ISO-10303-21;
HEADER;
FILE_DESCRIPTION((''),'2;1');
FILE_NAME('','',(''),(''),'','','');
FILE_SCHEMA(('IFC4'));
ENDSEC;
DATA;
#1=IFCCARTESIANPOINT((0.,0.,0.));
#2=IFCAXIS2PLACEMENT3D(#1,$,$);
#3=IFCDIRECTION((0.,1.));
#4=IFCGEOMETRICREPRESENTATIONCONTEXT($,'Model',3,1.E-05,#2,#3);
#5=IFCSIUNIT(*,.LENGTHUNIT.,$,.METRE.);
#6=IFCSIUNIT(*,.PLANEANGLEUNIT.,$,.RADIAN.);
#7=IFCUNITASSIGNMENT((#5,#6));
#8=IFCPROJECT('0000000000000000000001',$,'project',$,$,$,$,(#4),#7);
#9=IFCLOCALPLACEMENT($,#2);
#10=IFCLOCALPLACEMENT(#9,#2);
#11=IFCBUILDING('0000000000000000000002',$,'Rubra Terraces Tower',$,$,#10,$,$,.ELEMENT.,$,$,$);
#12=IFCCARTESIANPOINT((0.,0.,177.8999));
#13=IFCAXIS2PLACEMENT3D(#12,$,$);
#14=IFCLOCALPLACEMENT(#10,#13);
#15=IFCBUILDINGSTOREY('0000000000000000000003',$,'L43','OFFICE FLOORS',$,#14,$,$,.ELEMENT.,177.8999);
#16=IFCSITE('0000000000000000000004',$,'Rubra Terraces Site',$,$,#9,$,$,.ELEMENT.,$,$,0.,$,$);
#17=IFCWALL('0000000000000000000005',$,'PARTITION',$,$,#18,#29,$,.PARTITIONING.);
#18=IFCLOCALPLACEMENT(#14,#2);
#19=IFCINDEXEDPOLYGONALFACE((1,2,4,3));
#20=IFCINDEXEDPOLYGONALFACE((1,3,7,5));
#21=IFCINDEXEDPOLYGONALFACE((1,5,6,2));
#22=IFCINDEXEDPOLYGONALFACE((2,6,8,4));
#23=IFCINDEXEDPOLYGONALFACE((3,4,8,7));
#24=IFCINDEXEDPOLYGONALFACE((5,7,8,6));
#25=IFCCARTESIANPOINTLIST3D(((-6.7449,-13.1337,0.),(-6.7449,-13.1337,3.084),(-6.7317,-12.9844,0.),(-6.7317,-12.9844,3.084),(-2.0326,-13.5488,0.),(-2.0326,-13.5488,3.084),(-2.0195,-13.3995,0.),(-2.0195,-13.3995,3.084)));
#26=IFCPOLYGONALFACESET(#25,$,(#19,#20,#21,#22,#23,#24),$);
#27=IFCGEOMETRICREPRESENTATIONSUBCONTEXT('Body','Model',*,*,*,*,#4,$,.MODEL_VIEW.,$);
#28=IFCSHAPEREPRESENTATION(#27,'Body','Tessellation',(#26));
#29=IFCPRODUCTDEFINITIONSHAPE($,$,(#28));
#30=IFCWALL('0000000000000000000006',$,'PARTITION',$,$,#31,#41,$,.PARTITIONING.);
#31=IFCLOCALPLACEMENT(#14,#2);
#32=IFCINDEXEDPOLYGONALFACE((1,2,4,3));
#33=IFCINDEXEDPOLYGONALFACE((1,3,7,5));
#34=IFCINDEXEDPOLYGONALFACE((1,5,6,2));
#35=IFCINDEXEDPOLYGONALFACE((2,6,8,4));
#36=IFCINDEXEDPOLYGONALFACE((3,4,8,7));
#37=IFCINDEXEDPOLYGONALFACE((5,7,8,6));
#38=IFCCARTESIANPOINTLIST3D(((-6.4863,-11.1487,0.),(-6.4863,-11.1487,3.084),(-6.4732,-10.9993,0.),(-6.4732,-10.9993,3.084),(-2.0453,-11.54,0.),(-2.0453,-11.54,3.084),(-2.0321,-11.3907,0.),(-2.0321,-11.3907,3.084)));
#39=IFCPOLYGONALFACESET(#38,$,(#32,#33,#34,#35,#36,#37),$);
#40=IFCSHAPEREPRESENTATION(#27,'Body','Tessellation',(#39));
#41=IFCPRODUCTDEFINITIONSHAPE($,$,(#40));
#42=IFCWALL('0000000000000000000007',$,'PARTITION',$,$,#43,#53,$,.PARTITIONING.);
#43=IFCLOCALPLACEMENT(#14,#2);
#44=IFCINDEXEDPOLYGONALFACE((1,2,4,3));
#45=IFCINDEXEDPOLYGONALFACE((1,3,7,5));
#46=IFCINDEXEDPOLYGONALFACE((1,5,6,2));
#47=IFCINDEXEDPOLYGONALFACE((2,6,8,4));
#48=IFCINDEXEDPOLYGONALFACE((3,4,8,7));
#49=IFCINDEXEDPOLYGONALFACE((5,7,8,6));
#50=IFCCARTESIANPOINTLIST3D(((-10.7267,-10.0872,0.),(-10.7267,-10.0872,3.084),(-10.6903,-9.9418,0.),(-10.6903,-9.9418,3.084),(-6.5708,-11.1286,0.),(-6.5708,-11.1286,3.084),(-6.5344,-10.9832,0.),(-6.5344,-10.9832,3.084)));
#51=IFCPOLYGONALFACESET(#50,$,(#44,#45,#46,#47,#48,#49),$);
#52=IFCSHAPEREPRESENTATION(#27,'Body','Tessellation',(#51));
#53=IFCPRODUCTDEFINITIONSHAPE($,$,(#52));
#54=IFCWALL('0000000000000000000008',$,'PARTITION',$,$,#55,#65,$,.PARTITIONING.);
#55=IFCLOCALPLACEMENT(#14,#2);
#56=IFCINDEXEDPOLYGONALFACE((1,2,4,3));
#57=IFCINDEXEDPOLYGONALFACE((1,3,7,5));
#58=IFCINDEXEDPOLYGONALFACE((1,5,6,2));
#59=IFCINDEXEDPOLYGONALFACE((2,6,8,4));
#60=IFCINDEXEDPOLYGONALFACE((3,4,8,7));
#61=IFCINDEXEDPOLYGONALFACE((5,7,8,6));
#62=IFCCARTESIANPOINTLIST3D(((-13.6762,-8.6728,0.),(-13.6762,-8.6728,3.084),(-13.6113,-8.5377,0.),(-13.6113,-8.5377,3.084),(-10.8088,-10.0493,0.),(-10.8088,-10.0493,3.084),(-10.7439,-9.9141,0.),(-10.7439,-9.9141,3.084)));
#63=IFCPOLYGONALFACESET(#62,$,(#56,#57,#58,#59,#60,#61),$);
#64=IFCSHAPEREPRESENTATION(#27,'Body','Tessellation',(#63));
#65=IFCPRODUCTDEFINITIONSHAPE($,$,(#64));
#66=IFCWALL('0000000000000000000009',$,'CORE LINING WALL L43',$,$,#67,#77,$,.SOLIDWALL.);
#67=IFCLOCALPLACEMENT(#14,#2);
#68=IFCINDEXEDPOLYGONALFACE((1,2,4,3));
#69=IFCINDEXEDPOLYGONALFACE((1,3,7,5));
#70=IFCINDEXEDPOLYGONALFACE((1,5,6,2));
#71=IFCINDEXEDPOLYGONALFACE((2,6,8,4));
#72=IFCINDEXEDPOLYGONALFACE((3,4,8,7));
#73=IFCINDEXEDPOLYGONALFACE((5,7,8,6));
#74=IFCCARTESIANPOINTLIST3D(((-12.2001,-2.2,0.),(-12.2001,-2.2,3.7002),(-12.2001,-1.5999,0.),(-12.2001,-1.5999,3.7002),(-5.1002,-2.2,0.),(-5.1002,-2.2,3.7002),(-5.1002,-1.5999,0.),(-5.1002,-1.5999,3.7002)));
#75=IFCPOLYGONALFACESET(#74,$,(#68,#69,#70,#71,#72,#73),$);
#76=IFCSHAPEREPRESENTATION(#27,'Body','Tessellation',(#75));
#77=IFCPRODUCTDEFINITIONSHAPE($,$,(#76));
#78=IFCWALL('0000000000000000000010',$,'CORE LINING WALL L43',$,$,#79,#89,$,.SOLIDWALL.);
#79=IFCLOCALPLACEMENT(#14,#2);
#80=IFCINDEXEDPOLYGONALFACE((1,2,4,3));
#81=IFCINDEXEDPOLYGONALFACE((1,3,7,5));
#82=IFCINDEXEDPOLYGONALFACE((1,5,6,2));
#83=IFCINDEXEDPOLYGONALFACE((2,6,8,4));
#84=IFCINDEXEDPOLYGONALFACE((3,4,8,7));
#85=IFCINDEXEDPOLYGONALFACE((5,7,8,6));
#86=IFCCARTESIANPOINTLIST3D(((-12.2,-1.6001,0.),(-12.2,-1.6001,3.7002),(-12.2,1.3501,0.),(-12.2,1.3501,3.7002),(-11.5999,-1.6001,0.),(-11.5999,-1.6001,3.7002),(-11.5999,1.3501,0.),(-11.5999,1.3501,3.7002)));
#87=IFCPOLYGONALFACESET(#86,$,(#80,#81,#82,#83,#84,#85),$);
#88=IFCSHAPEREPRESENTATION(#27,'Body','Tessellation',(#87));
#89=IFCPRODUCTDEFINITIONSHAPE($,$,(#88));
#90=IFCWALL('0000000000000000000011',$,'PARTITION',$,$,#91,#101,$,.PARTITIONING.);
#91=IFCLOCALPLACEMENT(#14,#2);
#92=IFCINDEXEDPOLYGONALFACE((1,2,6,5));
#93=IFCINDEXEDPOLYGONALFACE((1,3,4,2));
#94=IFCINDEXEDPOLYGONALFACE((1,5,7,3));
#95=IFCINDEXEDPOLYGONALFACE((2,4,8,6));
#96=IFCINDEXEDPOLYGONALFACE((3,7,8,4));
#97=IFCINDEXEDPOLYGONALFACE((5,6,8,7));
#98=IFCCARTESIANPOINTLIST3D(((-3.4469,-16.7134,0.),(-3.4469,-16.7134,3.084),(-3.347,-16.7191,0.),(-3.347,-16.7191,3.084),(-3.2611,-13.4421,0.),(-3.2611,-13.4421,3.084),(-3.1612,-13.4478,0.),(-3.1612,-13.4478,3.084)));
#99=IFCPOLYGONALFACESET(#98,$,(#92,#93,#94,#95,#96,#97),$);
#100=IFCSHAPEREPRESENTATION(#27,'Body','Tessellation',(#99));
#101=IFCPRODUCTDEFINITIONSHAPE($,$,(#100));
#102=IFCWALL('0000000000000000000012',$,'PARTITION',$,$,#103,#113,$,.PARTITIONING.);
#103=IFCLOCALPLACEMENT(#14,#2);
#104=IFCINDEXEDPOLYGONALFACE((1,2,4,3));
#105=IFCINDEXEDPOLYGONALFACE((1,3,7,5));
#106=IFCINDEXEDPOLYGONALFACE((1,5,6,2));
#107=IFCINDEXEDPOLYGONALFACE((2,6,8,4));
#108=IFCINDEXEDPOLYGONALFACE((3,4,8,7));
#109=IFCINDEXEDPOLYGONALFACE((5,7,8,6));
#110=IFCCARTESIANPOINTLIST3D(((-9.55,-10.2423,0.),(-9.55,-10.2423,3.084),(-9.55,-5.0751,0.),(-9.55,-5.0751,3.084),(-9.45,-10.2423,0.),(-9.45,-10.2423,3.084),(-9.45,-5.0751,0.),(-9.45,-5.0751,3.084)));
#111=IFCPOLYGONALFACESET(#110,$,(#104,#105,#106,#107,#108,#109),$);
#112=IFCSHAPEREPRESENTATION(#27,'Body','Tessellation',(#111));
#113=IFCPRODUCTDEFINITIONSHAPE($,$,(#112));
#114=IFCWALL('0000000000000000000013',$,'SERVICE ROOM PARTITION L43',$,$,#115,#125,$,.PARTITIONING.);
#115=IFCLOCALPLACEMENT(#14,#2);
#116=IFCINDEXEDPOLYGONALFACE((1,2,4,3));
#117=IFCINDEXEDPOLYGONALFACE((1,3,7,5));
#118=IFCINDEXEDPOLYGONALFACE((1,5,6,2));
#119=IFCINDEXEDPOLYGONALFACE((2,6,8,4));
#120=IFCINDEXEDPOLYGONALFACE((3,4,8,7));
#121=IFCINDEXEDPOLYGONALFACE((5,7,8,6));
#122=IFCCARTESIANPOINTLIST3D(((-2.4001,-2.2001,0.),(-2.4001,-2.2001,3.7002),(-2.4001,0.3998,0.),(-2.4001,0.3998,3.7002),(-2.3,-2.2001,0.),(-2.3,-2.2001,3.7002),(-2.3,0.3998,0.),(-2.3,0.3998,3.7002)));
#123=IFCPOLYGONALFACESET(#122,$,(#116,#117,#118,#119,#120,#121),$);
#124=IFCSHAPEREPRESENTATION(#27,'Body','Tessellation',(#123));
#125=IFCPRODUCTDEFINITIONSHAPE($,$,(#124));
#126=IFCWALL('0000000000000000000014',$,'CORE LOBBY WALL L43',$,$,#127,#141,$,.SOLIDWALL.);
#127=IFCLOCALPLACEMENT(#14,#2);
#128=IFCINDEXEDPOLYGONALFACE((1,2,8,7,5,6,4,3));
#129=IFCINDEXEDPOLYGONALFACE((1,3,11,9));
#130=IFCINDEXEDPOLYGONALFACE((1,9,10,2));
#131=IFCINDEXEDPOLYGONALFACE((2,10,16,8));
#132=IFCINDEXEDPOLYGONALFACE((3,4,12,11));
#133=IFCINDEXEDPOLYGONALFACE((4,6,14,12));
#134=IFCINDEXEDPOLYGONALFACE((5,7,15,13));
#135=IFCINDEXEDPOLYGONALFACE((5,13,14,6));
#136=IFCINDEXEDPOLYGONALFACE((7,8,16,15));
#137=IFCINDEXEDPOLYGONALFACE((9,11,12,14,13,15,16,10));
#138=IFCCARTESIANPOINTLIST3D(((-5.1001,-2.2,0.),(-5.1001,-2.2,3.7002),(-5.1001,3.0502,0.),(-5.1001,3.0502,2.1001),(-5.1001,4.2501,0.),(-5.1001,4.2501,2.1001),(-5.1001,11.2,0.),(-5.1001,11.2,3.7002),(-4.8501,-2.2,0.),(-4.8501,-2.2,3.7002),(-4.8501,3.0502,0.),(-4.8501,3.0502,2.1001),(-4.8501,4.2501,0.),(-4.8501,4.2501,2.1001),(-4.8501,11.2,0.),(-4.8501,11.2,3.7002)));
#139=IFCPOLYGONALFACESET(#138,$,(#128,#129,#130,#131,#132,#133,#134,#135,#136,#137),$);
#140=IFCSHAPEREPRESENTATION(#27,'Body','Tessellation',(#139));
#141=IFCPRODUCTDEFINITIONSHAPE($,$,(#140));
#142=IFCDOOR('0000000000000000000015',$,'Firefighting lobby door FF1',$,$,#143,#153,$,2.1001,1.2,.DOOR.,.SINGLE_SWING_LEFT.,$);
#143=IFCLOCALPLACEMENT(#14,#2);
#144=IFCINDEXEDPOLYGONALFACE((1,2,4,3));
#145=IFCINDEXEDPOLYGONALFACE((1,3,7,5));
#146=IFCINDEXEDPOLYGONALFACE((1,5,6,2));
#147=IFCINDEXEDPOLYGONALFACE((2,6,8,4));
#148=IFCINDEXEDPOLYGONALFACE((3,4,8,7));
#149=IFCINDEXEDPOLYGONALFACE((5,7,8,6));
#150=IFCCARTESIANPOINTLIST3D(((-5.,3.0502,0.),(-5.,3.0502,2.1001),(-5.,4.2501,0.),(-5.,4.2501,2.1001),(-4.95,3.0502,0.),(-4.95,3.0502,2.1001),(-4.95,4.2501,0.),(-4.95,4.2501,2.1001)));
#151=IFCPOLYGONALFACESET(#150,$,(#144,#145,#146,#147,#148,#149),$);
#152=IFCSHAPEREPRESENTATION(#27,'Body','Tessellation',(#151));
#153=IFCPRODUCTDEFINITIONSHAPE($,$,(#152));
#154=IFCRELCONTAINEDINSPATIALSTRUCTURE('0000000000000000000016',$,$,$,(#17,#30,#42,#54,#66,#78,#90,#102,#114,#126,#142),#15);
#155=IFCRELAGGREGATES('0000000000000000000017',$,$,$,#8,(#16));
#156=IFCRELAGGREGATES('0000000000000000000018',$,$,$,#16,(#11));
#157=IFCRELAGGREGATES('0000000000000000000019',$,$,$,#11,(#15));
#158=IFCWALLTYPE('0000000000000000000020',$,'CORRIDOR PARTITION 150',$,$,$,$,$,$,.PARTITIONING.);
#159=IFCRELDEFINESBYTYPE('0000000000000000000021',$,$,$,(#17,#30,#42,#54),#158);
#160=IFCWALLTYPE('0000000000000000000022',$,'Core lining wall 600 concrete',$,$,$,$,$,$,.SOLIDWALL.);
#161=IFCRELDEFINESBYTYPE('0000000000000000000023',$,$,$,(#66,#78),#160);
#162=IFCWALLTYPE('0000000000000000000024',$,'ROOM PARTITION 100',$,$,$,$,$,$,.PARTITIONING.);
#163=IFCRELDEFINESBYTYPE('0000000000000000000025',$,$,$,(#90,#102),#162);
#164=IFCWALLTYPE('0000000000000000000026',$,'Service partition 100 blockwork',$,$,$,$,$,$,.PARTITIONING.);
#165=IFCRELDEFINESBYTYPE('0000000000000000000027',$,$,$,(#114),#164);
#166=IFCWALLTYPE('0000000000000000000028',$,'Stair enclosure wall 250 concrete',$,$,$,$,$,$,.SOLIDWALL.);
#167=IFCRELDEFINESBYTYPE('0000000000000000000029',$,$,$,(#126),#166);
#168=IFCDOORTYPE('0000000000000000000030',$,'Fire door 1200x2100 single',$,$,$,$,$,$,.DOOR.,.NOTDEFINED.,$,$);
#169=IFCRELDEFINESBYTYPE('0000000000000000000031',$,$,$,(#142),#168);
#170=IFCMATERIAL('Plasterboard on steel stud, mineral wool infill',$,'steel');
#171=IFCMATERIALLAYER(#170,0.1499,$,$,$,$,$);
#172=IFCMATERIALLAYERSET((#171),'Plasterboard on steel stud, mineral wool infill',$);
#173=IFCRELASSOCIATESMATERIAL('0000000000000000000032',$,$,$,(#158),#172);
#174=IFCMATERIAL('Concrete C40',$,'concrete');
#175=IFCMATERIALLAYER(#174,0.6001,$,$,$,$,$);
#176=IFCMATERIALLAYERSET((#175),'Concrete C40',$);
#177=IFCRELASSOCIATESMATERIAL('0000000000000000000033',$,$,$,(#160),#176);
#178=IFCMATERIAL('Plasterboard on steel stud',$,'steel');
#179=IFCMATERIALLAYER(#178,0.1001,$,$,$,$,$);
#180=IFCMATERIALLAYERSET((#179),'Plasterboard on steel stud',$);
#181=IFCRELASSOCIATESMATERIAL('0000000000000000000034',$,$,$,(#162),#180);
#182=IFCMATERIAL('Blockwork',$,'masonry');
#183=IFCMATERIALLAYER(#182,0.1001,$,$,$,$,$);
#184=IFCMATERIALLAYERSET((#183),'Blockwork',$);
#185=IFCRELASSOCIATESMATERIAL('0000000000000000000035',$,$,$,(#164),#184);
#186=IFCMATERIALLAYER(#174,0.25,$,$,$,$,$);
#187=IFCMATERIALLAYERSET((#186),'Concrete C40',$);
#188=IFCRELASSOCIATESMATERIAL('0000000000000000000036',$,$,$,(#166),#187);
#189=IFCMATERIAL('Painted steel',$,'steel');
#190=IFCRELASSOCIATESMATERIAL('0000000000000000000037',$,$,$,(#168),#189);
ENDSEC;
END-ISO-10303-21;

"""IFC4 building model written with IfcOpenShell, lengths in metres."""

from ifc_helpers import new_model, si_unit, direction, frame, frame_2d, origin, place, context, subcontext, project, spatial, rectangle, extrude, material, layer, layer_set, type_object, element, fill, save


model = new_model("IFC4")

# Units and contexts
model_context = context("Model", 3, precision=1e-05, world=origin(), true_north=direction((0.0, 1.0)))
body_context = subcontext(model_context, "Body", "Model", "MODEL_VIEW")
ifc_project = project(units=[si_unit("LENGTHUNIT", "METRE"), si_unit("PLANEANGLEUNIT", "RADIAN")], contexts=[model_context])

# Site, building, storey
site_placement = place(None, origin())
site = spatial("IfcSite", under=ifc_project, at=site_placement, Name="Rubra Terraces Site", CompositionType="ELEMENT", RefElevation=0.0)
building_placement = place(site_placement, origin())
building = spatial("IfcBuilding", under=site, at=building_placement, Name="Rubra Terraces Tower", CompositionType="ELEMENT")
storey_placement = place(building_placement, frame((0.0, 0.0, 177.8999)))
storey = spatial("IfcBuildingStorey", under=building, at=storey_placement, Name="L43", Description="OFFICE FLOORS", CompositionType="ELEMENT", Elevation=177.8999)

# Shared definitions
ifc_material_1 = material(Name="Concrete C40", Category="concrete")

# Shared definitions
ifc_material_2 = material(Name="Painted steel", Category="steel")

# Shared definitions
ifc_material_3 = material(Name="Plasterboard on steel stud, mineral wool infill", Category="steel")
ifc_layer_1 = layer(ifc_material_3, 0.1499)
ifc_layer_set_1 = layer_set([ifc_layer_1], Name="Plasterboard on steel stud, mineral wool infill")
wall_type_1 = type_object("IfcWallType", Name="CORRIDOR PARTITION 150", PredefinedType="PARTITIONING", material=ifc_layer_set_1)

# Walls
wall_1_placement = place(storey_placement, frame((-6.7383, -13.0591, 0.0), z_axis=(0.0, 0.0, 1.0), x_axis=(0.996144, -0.087739, 0.0)))
element("IfcWall", 1, at=wall_1_placement, inside=storey, type_object=wall_type_1, Name="PARTITION", PredefinedType="PARTITIONING", context=body_context, shape_type="SweptSolid", body=[
    extrude(rectangle(XDim=4.7305, YDim=0.1499, at=frame_2d((2.3652, 0.0))), origin(), (0.0, 0.0, 1.0), 3.084),
])
wall_2_placement = place(storey_placement, frame((-2.0388, -11.4653, 0.0), z_axis=(0.0, 0.0, 1.0), x_axis=(-0.99614, 0.08778, 0.0)))
element("IfcWall", 2, at=wall_2_placement, inside=storey, type_object=wall_type_1, Name="PARTITION", PredefinedType="PARTITIONING", context=body_context, shape_type="SweptSolid", body=[
    extrude(rectangle(XDim=4.4583, YDim=0.1499, at=frame_2d((2.229, 0.0))), origin(), (0.0, 0.0, 1.0), 3.084),
])
wall_3_placement = place(storey_placement, frame((-6.5527, -11.0559, 0.0), z_axis=(0.0, 0.0, 1.0), x_axis=(-0.970005, 0.243085, 0.0)))
element("IfcWall", 3, at=wall_3_placement, inside=storey, type_object=wall_type_1, Name="PARTITION", PredefinedType="PARTITIONING", context=body_context, shape_type="SweptSolid", body=[
    extrude(rectangle(XDim=4.2844, YDim=0.1499, at=frame_2d((2.1421, 0.0))), origin(), (0.0, 0.0, 1.0), 3.084),
])
wall_4_placement = place(storey_placement, frame((-10.7764, -9.9817, 0.0), z_axis=(0.0, 0.0, 1.0), x_axis=(-0.901511, 0.432756, 0.0)))
element("IfcWall", 4, at=wall_4_placement, inside=storey, type_object=wall_type_1, Name="PARTITION", PredefinedType="PARTITIONING", context=body_context, shape_type="SweptSolid", body=[
    extrude(rectangle(XDim=3.1807, YDim=0.1499, at=frame_2d((1.5903, 0.0))), origin(), (0.0, 0.0, 1.0), 3.084),
])
ifc_layer_2 = layer(ifc_material_1, 0.6001)
ifc_layer_set_2 = layer_set([ifc_layer_2], Name="Concrete C40")
wall_type_2 = type_object("IfcWallType", Name="Core lining wall 600 concrete", PredefinedType="SOLIDWALL", material=ifc_layer_set_2)
wall_5_placement = place(storey_placement, frame((-12.2, -1.8999, 0.0), z_axis=(0.0, 0.0, 1.0), x_axis=(1.0, 0.0, 0.0)))
element("IfcWall", 5, at=wall_5_placement, inside=storey, type_object=wall_type_2, Name="CORE LINING WALL L43", PredefinedType="SOLIDWALL", context=body_context, shape_type="SweptSolid", body=[
    extrude(rectangle(XDim=7.0999, YDim=0.6001, at=frame_2d((3.5498, 0.0))), origin(), (0.0, 0.0, 1.0), 3.7002),
])
wall_6_placement = place(storey_placement, frame((-11.8999, -1.6001, 0.0), z_axis=(0.0, 0.0, 1.0), x_axis=(0.0, 1.0, 0.0)))
element("IfcWall", 6, at=wall_6_placement, inside=storey, type_object=wall_type_2, Name="CORE LINING WALL L43", PredefinedType="SOLIDWALL", context=body_context, shape_type="SweptSolid", body=[
    extrude(rectangle(XDim=2.9502, YDim=0.6001, at=frame_2d((1.4751, 0.0))), origin(), (0.0, 0.0, 1.0), 3.7002),
])
ifc_material_4 = material(Name="Plasterboard on steel stud", Category="steel")
ifc_layer_3 = layer(ifc_material_4, 0.1001)
ifc_layer_set_3 = layer_set([ifc_layer_3], Name="Plasterboard on steel stud")
wall_type_3 = type_object("IfcWallType", Name="ROOM PARTITION 100", PredefinedType="PARTITIONING", material=ifc_layer_set_3)
wall_7_placement = place(storey_placement, frame((-3.2112, -13.4451, 0.0), z_axis=(0.0, 0.0, 1.0), x_axis=(-0.056704, -0.998391, 0.0)))
element("IfcWall", 7, at=wall_7_placement, inside=storey, type_object=wall_type_3, Name="PARTITION", PredefinedType="PARTITIONING", context=body_context, shape_type="SweptSolid", body=[
    extrude(rectangle(XDim=3.2766, YDim=0.1001, at=frame_2d((1.6382, 0.0))), origin(), (0.0, 0.0, 1.0), 3.084),
])
wall_8_placement = place(storey_placement, frame((-9.5, -10.2422, 0.0), z_axis=(0.0, 0.0, 1.0), x_axis=(0.0, 1.0, 0.0)))
element("IfcWall", 8, at=wall_8_placement, inside=storey, type_object=wall_type_3, Name="PARTITION", PredefinedType="PARTITIONING", context=body_context, shape_type="SweptSolid", body=[
    extrude(rectangle(XDim=5.1672, YDim=0.1001, at=frame_2d((2.5835, 0.0))), origin(), (0.0, 0.0, 1.0), 3.084),
])
ifc_material_5 = material(Name="Blockwork", Category="masonry")
ifc_layer_4 = layer(ifc_material_5, 0.1001)
ifc_layer_set_4 = layer_set([ifc_layer_4], Name="Blockwork")
wall_type_4 = type_object("IfcWallType", Name="Service partition 100 blockwork", PredefinedType="PARTITIONING", material=ifc_layer_set_4)
wall_9_placement = place(storey_placement, frame((-2.3501, -2.2, 0.0), z_axis=(0.0, 0.0, 1.0), x_axis=(0.0, 1.0, 0.0)))
element("IfcWall", 9, at=wall_9_placement, inside=storey, type_object=wall_type_4, Name="SERVICE ROOM PARTITION L43", PredefinedType="PARTITIONING", context=body_context, shape_type="SweptSolid", body=[
    extrude(rectangle(XDim=2.5999, YDim=0.1001, at=frame_2d((1.2998, 0.0))), origin(), (0.0, 0.0, 1.0), 3.7002),
])

# Wall, opening, door
ifc_layer_5 = layer(ifc_material_1, 0.25)
ifc_layer_set_5 = layer_set([ifc_layer_5], Name="Concrete C40")
wall_type_5 = type_object("IfcWallType", Name="Stair enclosure wall 250 concrete", PredefinedType="SOLIDWALL", material=ifc_layer_set_5)
wall_10_placement = place(storey_placement, frame((-4.9751, -2.2, 0.0), z_axis=(0.0, 0.0, 1.0), x_axis=(0.0, 1.0, 0.0)))
wall_10 = element("IfcWall", 10, at=wall_10_placement, inside=storey, type_object=wall_type_5, Name="CORE LOBBY WALL L43", PredefinedType="SOLIDWALL", context=body_context, shape_type="SweptSolid", body=[
    extrude(rectangle(XDim=13.3999, YDim=0.25, at=frame_2d((6.7, 0.0))), origin(), (0.0, 0.0, 1.0), 3.7002),
])
opening_1_placement = place(wall_10_placement, frame((5.25, 0.0, 0.0)))
opening_1 = element("IfcOpeningElement", 11, at=opening_1_placement, cuts=wall_10, PredefinedType="OPENING", context=body_context, shape_type="SweptSolid", body=[
    extrude(rectangle(XDim=1.2, YDim=2.1001, at=frame_2d((0.6001, 1.05))), frame((0.0, 0.135, 0.0), z_axis=(0.0, -1.0, 0.0), x_axis=(1.0, 0.0, 0.0)), (0.0, 0.0, 1.0), 0.27),
])
door_type_1 = type_object("IfcDoorType", Name="Fire door 1200x2100 single", OperationType="NOTDEFINED", PredefinedType="DOOR", material=ifc_material_2)
door_1_placement = place(opening_1_placement, origin())
door_1 = element("IfcDoor", 12, at=door_1_placement, inside=storey, type_object=door_type_1, Name="Firefighting lobby door FF1", OperationType="SINGLE_SWING_LEFT", OverallHeight=2.1001, OverallWidth=1.2, PredefinedType="DOOR", context=body_context, shape_type="SweptSolid", body=[
    extrude(rectangle(XDim=1.2, YDim=2.1001, at=frame_2d((0.6001, 1.05))), frame((0.0, 0.0249, 0.0), z_axis=(0.0, -1.0, 0.0), x_axis=(1.0, 0.0, 0.0)), (0.0, 0.0, 1.0), 0.05),
])
fill(opening_1, door_1)

save(model, "model.ifc")
